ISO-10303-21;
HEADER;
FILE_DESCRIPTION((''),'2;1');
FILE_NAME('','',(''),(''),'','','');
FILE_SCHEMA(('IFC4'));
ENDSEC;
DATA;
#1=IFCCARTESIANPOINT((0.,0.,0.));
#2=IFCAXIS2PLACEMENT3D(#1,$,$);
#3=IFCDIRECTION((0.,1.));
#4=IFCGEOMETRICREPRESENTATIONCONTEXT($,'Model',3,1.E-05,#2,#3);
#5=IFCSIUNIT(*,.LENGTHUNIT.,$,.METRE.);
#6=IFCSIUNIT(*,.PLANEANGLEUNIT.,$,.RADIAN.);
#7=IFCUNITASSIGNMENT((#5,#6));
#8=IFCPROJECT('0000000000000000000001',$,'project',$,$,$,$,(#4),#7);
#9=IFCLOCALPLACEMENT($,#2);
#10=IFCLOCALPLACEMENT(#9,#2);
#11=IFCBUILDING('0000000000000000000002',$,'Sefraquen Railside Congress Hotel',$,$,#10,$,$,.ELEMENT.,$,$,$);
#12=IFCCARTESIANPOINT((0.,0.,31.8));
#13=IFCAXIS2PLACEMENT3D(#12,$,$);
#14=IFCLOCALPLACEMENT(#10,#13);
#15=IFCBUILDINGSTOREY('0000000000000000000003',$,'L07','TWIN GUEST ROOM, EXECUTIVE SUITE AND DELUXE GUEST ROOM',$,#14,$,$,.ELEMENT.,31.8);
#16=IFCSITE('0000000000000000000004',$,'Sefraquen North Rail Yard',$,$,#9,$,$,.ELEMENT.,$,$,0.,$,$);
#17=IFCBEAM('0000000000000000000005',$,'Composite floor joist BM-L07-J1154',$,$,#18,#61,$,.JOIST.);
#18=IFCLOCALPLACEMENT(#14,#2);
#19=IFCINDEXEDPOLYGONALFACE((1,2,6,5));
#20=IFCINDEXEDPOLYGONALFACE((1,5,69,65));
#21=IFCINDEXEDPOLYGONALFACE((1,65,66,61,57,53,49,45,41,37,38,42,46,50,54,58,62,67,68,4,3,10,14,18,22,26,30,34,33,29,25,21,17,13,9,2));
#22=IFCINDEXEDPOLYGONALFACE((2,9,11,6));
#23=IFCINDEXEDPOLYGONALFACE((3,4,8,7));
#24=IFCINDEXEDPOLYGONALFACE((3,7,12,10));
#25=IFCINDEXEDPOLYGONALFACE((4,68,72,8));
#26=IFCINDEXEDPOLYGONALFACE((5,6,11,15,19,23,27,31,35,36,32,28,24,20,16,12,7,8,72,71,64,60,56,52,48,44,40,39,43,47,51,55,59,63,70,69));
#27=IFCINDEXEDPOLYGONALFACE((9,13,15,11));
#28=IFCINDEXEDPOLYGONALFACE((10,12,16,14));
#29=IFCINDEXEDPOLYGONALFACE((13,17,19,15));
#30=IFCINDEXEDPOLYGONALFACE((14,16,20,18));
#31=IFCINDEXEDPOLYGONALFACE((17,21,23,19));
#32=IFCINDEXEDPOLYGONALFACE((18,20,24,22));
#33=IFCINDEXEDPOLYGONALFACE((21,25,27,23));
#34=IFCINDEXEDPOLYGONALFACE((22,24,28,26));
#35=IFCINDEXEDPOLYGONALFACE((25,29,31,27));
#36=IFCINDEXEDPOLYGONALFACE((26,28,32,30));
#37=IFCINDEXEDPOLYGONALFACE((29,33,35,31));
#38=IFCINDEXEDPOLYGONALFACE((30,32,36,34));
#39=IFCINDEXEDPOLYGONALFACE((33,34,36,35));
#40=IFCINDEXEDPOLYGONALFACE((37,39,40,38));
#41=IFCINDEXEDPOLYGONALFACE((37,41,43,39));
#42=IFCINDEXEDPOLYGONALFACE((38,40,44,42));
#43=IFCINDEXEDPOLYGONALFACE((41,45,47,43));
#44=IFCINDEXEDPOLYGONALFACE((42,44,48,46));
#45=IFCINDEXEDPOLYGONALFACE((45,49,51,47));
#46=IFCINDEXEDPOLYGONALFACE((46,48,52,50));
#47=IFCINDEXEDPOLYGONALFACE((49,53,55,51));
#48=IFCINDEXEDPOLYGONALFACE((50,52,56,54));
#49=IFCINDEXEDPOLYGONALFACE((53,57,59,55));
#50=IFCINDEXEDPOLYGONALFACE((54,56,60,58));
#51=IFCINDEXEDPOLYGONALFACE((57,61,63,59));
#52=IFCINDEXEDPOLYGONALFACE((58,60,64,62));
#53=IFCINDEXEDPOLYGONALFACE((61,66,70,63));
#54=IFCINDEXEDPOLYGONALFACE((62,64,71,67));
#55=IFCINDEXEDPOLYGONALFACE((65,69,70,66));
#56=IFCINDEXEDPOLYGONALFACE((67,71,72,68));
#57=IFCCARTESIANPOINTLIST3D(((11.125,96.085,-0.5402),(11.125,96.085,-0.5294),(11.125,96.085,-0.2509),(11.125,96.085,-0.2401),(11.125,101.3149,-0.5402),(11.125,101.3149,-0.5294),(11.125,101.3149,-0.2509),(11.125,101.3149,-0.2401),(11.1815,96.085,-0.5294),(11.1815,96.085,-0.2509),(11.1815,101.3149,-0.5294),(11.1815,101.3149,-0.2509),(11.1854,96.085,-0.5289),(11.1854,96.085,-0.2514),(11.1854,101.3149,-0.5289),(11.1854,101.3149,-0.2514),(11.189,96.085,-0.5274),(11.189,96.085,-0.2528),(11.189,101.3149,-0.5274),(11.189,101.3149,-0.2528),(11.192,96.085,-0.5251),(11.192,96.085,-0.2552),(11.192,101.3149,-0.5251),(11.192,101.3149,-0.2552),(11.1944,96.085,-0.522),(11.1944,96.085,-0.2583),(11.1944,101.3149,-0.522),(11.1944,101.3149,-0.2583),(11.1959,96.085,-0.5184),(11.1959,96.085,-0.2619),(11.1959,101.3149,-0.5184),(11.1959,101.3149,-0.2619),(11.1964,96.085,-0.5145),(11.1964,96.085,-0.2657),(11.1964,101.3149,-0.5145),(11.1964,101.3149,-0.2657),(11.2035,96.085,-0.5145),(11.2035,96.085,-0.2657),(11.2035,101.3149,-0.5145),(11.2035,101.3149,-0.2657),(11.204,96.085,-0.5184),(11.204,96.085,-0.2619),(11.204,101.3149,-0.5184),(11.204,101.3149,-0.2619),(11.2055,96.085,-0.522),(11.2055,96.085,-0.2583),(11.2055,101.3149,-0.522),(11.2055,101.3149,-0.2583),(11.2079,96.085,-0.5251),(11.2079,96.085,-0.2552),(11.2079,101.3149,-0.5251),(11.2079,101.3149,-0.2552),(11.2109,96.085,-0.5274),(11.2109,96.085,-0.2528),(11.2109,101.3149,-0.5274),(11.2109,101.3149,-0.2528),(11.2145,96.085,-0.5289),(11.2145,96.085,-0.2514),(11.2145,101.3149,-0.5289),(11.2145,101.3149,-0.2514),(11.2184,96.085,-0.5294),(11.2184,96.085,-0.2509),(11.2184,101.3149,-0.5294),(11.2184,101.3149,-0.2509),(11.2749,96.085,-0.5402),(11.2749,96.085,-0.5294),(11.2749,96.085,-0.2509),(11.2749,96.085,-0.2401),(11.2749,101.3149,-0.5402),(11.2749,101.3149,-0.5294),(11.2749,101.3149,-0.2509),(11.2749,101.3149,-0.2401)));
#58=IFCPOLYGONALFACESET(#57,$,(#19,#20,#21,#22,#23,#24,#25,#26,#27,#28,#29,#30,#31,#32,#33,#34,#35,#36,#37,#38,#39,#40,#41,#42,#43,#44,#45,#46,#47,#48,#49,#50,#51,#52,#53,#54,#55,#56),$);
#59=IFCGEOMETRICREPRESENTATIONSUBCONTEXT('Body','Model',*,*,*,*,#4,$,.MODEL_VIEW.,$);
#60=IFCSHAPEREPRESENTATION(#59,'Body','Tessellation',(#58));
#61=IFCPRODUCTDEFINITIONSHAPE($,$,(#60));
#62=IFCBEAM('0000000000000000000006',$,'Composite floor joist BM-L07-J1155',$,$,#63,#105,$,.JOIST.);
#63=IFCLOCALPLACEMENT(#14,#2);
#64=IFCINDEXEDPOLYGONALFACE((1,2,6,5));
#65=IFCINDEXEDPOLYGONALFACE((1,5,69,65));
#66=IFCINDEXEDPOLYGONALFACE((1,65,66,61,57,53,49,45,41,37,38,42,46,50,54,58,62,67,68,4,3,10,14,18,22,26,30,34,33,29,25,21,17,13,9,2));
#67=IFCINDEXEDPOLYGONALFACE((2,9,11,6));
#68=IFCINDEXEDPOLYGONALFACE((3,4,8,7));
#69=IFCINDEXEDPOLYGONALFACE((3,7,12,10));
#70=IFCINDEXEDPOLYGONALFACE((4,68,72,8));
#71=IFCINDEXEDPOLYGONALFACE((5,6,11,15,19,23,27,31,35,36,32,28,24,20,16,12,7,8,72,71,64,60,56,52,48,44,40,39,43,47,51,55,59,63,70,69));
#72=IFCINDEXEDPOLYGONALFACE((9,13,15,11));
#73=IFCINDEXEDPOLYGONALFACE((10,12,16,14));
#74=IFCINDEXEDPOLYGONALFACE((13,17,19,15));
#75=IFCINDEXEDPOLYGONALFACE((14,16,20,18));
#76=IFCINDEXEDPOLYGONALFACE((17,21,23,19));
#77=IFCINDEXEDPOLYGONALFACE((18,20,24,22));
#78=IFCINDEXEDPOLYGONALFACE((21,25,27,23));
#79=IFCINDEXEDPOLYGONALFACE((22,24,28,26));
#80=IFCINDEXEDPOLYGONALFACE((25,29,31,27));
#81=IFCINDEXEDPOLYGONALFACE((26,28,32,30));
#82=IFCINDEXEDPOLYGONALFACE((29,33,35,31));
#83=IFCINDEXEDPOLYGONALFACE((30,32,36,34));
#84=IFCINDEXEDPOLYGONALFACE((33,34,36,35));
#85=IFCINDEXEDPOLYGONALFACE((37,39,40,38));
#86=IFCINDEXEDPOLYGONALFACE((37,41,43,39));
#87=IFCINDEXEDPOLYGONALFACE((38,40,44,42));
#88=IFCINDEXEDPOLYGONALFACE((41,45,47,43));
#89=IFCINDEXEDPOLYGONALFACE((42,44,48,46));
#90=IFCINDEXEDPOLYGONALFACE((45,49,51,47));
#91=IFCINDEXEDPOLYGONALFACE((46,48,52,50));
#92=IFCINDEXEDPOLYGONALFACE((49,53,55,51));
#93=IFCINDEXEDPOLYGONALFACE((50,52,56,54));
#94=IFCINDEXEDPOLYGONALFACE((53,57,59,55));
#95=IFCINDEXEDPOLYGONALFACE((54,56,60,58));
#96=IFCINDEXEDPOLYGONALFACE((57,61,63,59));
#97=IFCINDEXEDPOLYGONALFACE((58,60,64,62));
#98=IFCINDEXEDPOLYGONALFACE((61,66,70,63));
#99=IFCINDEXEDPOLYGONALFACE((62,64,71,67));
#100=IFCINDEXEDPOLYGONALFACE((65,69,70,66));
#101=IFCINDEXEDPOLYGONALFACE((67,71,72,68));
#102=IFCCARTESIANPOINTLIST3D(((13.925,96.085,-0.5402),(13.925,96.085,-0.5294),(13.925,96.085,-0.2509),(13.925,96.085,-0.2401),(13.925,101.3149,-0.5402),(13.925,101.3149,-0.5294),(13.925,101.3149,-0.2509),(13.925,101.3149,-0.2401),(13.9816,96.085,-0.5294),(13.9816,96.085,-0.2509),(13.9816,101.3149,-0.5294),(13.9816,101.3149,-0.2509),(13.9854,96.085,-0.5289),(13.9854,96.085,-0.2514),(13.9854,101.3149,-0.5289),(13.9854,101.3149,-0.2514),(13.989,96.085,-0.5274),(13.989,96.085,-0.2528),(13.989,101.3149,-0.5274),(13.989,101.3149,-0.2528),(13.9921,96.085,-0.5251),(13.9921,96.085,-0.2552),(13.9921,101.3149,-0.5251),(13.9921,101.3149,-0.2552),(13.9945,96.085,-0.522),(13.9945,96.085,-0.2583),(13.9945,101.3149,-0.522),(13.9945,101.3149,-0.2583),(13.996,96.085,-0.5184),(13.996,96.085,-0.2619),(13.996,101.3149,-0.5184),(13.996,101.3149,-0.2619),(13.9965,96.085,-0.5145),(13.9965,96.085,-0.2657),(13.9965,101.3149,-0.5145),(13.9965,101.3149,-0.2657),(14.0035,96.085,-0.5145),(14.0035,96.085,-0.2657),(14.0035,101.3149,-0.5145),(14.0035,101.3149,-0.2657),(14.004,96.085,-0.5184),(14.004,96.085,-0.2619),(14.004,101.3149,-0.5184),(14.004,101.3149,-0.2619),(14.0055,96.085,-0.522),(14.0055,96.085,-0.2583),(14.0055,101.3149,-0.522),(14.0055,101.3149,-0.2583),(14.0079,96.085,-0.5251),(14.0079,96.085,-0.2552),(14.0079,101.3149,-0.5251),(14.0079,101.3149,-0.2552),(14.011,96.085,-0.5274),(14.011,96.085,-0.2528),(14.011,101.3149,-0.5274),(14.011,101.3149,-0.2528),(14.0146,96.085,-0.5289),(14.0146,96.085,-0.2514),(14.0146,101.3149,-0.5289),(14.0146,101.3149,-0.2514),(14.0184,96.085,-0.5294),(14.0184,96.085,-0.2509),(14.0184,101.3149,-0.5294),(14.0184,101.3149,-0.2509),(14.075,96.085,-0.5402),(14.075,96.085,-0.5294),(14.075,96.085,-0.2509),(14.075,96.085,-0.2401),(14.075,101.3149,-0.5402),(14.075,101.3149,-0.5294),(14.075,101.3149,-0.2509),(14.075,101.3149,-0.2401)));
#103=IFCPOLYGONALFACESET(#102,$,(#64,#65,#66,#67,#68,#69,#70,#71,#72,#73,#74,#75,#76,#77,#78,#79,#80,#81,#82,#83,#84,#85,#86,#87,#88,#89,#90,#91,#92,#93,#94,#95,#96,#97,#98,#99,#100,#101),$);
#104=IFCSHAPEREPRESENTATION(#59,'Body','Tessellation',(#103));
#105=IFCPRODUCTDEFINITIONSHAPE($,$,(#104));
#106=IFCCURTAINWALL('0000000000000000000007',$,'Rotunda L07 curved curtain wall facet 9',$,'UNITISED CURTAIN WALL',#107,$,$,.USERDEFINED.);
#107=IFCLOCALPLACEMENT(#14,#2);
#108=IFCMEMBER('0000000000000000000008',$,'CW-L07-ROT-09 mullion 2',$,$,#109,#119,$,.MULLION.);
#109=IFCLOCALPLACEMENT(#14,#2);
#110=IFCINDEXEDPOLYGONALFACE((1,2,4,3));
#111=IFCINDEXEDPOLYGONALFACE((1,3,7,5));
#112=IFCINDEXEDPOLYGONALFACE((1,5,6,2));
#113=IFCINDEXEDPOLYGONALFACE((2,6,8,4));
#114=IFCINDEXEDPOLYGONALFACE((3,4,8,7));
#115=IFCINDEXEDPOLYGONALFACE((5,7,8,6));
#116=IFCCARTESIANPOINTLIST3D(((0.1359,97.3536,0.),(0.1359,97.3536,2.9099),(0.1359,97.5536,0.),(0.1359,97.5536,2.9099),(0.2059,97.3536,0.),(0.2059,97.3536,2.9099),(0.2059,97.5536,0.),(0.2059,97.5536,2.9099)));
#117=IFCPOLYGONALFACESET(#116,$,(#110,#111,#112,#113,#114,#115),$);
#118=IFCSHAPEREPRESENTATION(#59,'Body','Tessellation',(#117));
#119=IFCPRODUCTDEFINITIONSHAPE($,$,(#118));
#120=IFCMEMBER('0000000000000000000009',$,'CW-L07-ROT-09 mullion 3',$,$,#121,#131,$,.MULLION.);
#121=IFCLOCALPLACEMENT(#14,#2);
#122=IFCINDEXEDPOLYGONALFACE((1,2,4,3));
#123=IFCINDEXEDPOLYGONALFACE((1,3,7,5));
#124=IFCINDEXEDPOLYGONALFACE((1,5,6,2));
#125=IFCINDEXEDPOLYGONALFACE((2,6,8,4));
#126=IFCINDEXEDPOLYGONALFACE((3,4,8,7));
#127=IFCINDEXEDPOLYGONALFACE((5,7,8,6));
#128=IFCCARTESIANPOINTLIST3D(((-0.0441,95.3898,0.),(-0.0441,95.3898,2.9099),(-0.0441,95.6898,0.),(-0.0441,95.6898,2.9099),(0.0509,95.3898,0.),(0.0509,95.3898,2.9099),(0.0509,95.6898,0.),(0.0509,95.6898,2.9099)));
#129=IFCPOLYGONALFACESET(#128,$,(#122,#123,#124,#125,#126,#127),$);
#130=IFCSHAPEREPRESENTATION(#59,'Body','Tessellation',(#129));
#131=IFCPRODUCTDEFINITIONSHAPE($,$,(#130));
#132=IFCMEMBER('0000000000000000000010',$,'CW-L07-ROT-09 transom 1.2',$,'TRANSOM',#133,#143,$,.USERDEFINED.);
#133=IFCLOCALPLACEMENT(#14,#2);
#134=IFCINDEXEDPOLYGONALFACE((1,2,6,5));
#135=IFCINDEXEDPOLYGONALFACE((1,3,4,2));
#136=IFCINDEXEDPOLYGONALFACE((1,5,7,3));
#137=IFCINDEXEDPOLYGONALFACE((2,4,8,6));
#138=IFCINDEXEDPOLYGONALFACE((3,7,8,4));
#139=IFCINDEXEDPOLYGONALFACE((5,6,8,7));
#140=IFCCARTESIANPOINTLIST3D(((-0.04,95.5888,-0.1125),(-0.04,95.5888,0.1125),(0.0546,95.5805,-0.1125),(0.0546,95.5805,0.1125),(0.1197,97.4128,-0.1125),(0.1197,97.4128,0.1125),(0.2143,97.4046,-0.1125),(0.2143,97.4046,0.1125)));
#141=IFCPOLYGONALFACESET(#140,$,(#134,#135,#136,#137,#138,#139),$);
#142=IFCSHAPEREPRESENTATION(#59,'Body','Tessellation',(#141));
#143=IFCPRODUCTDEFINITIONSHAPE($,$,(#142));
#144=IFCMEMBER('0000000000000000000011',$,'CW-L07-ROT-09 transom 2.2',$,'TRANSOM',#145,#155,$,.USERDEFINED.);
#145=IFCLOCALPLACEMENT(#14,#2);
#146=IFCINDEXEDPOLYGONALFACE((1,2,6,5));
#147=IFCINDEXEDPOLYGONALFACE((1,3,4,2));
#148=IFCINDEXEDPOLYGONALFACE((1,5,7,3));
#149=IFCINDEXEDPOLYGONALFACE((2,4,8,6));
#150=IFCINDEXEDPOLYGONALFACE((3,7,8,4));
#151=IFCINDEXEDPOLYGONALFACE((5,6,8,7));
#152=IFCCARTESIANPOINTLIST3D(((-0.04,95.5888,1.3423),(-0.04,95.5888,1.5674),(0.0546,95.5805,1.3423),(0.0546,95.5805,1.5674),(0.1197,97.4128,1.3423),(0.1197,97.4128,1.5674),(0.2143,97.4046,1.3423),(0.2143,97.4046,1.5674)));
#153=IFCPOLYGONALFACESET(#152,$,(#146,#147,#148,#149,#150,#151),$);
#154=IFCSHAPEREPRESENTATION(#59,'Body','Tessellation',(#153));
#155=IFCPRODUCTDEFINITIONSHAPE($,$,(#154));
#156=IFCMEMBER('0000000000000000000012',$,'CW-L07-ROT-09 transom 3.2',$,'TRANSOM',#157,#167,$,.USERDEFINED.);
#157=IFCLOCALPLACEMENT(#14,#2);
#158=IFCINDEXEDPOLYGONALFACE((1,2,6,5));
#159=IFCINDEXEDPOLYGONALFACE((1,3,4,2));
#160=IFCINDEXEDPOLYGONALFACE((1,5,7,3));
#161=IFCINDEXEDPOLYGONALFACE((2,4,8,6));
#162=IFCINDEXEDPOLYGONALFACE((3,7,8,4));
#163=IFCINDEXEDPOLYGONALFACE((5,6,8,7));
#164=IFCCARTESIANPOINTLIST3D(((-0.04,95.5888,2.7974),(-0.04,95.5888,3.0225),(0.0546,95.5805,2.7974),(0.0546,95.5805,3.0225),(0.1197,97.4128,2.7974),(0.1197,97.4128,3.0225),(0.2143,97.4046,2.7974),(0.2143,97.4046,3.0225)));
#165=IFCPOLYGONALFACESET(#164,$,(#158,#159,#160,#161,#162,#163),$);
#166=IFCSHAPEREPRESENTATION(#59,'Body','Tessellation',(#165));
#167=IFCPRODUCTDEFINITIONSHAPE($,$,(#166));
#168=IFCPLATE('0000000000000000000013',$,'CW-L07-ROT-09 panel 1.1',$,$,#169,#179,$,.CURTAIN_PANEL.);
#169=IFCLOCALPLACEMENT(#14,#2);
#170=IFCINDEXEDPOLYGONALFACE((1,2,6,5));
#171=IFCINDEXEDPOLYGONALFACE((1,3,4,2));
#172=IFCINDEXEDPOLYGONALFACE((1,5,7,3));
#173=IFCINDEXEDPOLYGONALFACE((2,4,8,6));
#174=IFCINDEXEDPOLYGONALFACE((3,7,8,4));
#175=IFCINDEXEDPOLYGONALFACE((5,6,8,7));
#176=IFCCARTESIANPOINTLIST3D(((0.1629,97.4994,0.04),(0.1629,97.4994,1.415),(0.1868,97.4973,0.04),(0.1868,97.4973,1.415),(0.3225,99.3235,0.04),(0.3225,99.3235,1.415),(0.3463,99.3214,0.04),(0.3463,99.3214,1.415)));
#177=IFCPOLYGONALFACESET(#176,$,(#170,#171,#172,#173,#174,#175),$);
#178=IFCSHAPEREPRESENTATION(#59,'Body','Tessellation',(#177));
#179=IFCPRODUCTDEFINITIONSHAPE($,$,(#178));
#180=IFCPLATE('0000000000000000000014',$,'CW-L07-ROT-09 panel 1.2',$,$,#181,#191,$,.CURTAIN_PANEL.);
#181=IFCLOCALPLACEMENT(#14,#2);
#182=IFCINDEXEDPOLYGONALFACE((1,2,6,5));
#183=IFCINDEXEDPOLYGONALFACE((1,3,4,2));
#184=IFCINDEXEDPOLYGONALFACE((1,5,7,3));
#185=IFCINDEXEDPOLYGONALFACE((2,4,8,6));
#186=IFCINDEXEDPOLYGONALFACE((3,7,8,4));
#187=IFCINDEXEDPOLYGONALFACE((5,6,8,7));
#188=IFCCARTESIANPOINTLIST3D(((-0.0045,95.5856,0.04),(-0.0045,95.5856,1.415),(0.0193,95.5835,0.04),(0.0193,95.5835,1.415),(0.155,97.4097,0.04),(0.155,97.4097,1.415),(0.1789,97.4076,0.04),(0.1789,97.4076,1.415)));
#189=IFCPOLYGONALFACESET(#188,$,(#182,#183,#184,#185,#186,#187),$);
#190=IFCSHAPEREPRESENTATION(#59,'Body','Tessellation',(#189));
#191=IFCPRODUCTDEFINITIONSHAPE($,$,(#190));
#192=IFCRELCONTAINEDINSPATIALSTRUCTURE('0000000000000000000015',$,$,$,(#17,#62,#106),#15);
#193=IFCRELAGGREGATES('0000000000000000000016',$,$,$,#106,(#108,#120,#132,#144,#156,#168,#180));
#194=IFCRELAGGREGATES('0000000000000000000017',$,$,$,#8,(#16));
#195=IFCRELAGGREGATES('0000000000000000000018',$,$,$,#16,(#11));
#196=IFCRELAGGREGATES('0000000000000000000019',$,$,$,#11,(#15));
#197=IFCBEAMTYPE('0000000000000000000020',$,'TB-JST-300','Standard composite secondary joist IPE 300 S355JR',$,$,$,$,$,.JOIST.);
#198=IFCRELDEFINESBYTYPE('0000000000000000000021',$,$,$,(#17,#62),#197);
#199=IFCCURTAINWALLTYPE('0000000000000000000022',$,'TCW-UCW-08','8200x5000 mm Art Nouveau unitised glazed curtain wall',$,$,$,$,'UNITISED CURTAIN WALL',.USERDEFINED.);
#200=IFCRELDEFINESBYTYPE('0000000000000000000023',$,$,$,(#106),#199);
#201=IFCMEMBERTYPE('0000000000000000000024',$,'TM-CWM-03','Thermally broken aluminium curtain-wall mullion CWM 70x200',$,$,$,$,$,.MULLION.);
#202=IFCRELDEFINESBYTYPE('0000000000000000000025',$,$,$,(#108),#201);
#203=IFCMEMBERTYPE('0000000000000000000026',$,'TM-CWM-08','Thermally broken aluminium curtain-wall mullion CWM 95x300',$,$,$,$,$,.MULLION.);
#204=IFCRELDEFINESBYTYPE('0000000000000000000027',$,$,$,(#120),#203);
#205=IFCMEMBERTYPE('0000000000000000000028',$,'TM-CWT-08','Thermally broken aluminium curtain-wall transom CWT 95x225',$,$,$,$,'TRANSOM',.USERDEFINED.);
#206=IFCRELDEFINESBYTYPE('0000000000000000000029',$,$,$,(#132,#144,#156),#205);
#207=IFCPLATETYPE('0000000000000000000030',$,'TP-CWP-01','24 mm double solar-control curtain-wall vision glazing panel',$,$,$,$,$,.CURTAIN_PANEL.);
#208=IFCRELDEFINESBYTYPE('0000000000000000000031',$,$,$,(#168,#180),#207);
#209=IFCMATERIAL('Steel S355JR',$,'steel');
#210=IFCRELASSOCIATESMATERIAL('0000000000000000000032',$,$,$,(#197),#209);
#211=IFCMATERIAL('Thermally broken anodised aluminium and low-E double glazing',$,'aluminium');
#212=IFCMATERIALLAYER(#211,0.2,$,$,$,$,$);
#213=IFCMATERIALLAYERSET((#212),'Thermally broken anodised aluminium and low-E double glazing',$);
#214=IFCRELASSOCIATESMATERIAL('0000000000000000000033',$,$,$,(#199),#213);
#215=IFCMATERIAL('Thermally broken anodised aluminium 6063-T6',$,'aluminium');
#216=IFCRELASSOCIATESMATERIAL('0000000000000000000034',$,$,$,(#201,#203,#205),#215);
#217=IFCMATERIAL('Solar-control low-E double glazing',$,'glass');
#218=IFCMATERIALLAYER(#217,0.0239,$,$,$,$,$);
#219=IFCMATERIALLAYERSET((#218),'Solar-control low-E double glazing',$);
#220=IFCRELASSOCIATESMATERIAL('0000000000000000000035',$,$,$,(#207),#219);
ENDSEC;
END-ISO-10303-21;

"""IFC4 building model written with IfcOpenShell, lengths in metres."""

from ifc_helpers import new_model, si_unit, direction, frame, origin, origin_2d, place, context, subcontext, project, spatial, rectangle, i_section, extrude, material, layer, layer_set, material_profile, profile_set, type_object, element, aggregate, save


model = new_model("IFC4")

# Units and contexts
model_context = context("Model", 3, precision=1e-05, world=origin(), true_north=direction((0.0, 1.0)))
body_context = subcontext(model_context, "Body", "Model", "MODEL_VIEW")
ifc_project = project(units=[si_unit("LENGTHUNIT", "METRE"), si_unit("PLANEANGLEUNIT", "RADIAN")], contexts=[model_context])

# Site, building, storey
site_placement = place(None, origin())
site = spatial("IfcSite", under=ifc_project, at=site_placement, Name="Sefraquen North Rail Yard", CompositionType="ELEMENT", RefElevation=0.0)
building_placement = place(site_placement, origin())
building = spatial("IfcBuilding", under=site, at=building_placement, Name="Sefraquen Railside Congress Hotel", CompositionType="ELEMENT")
storey_placement = place(building_placement, frame((0.0, 0.0, 31.8)))
storey = spatial("IfcBuildingStorey", under=building, at=storey_placement, Name="L07", Description="TWIN GUEST ROOM, EXECUTIVE SUITE AND DELUXE GUEST ROOM", CompositionType="ELEMENT", Elevation=31.8)

# Shared definitions
ifc_material_1 = material(Name="Steel S355JR", Category="steel")

# Beams
ifc_material_profile_1 = material_profile(ifc_material_1, i_section(OverallWidth=0.1499, OverallDepth=0.3, WebThickness=0.0071, FlangeThickness=0.0107, FilletRadius=0.0149, at=origin_2d()), Name="IPE 300")
ifc_profile_set_1 = profile_set([ifc_material_profile_1], Name="Steel S355JR")
beam_type_1 = type_object("IfcBeamType", Name="TB-JST-300", Description="Standard composite secondary joist IPE 300 S355JR", PredefinedType="JOIST", material=ifc_profile_set_1)
for number, where, z_axis, x_axis, name in (
    (1, (11.2, 96.085, -0.3901), (0.0, 1.0, 0.0), (-1.0, 0.0, 0.0), "Composite floor joist BM-L07-J1154"),
    (2, (14.0, 96.085, -0.3901), (0.0, 1.0, 0.0), (-1.0, 0.0, 0.0), "Composite floor joist BM-L07-J1155"),
):
    element("IfcBeam", number, at=place(storey_placement, frame(where, z_axis=z_axis, x_axis=x_axis)), inside=storey, type_object=beam_type_1, Name=name, PredefinedType="JOIST", context=body_context, shape_type="SweptSolid", body=[
        extrude(i_section(OverallWidth=0.1499, OverallDepth=0.3, WebThickness=0.0071, FlangeThickness=0.0107, FilletRadius=0.0149, at=origin_2d()), origin(), (0.0, 0.0, 1.0), 5.23),
    ])

# Curtain wall, members, plates
ifc_material_2 = material(Name="Thermally broken anodised aluminium and low-E double glazing", Category="aluminium")
ifc_layer_1 = layer(ifc_material_2, 0.2)
ifc_layer_set_1 = layer_set([ifc_layer_1], Name="Thermally broken anodised aluminium and low-E double glazing")
curtain_wall_type = type_object("IfcCurtainWallType", Name="TCW-UCW-08", Description="8200x5000 mm Art Nouveau unitised glazed curtain wall", ElementType="UNITISED CURTAIN WALL", PredefinedType="USERDEFINED", material=ifc_layer_set_1)
curtain_wall_placement = place(storey_placement, origin())
curtain_wall = element("IfcCurtainWall", 3, at=curtain_wall_placement, inside=storey, type_object=curtain_wall_type, Name="Rotunda L07 curved curtain wall facet 9", ObjectType="UNITISED CURTAIN WALL", PredefinedType="USERDEFINED")
ifc_material_3 = material(Name="Thermally broken anodised aluminium 6063-T6", Category="aluminium")
ifc_material_profile_2 = material_profile(ifc_material_3, rectangle(XDim=0.0701, YDim=0.2, at=origin_2d()), Name="CWM 70x200")
ifc_profile_set_2 = profile_set([ifc_material_profile_2], Name="Thermally broken anodised aluminium 6063-T6")
member_type_1 = type_object("IfcMemberType", Name="TM-CWM-03", Description="Thermally broken aluminium curtain-wall mullion CWM 70x200", PredefinedType="MULLION", material=ifc_profile_set_2)
member_1_placement = place(storey_placement, frame((0.1709, 97.4536, 0.0), z_axis=(0.0, 0.0, 1.0), x_axis=(1.0, 0.0, 0.0)))
member_1 = element("IfcMember", 4, at=member_1_placement, type_object=member_type_1, Name="CW-L07-ROT-09 mullion 2", PredefinedType="MULLION", context=body_context, shape_type="SweptSolid", body=[
    extrude(rectangle(XDim=0.0701, YDim=0.2, at=origin_2d()), origin(), (0.0, 0.0, 1.0), 2.9099),
])
ifc_material_profile_3 = material_profile(ifc_material_3, rectangle(XDim=0.095, YDim=0.3, at=origin_2d()), Name="CWM 95x300")
ifc_profile_set_3 = profile_set([ifc_material_profile_3], Name="Thermally broken anodised aluminium 6063-T6")
member_type_2 = type_object("IfcMemberType", Name="TM-CWM-08", Description="Thermally broken aluminium curtain-wall mullion CWM 95x300", PredefinedType="MULLION", material=ifc_profile_set_3)
member_2_placement = place(storey_placement, frame((0.0034, 95.5398, 0.0), z_axis=(0.0, 0.0, 1.0), x_axis=(1.0, 0.0, 0.0)))
member_2 = element("IfcMember", 5, at=member_2_placement, type_object=member_type_2, Name="CW-L07-ROT-09 mullion 3", PredefinedType="MULLION", context=body_context, shape_type="SweptSolid", body=[
    extrude(rectangle(XDim=0.095, YDim=0.3, at=origin_2d()), origin(), (0.0, 0.0, 1.0), 2.9099),
])
ifc_material_profile_4 = material_profile(ifc_material_3, rectangle(XDim=0.095, YDim=0.2251, at=origin_2d()), Name="CWT 95x225")
ifc_profile_set_4 = profile_set([ifc_material_profile_4], Name="Thermally broken anodised aluminium 6063-T6")
member_type_3 = type_object("IfcMemberType", Name="TM-CWT-08", Description="Thermally broken aluminium curtain-wall transom CWT 95x225", ElementType="TRANSOM", PredefinedType="USERDEFINED", material=ifc_profile_set_4)
member_3_placement = place(storey_placement, frame((0.167, 97.4087, 0.0), z_axis=(-0.087205, -0.99619, 0.0), x_axis=(0.99619, -0.087205, 0.0)))
member_3 = element("IfcMember", 6, at=member_3_placement, type_object=member_type_3, Name="CW-L07-ROT-09 transom 1.2", ObjectType="TRANSOM", PredefinedType="USERDEFINED", context=body_context, shape_type="SweptSolid", body=[
    extrude(rectangle(XDim=0.095, YDim=0.2251, at=origin_2d()), origin(), (0.0, 0.0, 1.0), 1.8311),
])
member_4_placement = place(storey_placement, frame((0.167, 97.4087, 1.4548), z_axis=(-0.087205, -0.99619, 0.0), x_axis=(0.99619, -0.087205, 0.0)))
member_4 = element("IfcMember", 7, at=member_4_placement, type_object=member_type_3, Name="CW-L07-ROT-09 transom 2.2", ObjectType="TRANSOM", PredefinedType="USERDEFINED", context=body_context, shape_type="SweptSolid", body=[
    extrude(rectangle(XDim=0.095, YDim=0.2251, at=origin_2d()), origin(), (0.0, 0.0, 1.0), 1.8311),
])
member_5_placement = place(storey_placement, frame((0.167, 97.4087, 2.9099), z_axis=(-0.087205, -0.99619, 0.0), x_axis=(0.99619, -0.087205, 0.0)))
member_5 = element("IfcMember", 8, at=member_5_placement, type_object=member_type_3, Name="CW-L07-ROT-09 transom 3.2", ObjectType="TRANSOM", PredefinedType="USERDEFINED", context=body_context, shape_type="SweptSolid", body=[
    extrude(rectangle(XDim=0.095, YDim=0.2251, at=origin_2d()), origin(), (0.0, 0.0, 1.0), 1.8311),
])
ifc_material_4 = material(Name="Solar-control low-E double glazing", Category="glass")
ifc_layer_2 = layer(ifc_material_4, 0.0239)
ifc_layer_set_2 = layer_set([ifc_layer_2], Name="Solar-control low-E double glazing")
plate_type_1 = type_object("IfcPlateType", Name="TP-CWP-01", Description="24 mm double solar-control curtain-wall vision glazing panel", PredefinedType="CURTAIN_PANEL", material=ifc_layer_set_2)
plate_1_placement = place(storey_placement, frame((0.2546, 98.4104, 0.04), z_axis=(0.0, 0.0, 1.0), x_axis=(-0.087138, -0.996196, 0.0)))
plate_1 = element("IfcPlate", 9, at=plate_1_placement, type_object=plate_type_1, Name="CW-L07-ROT-09 panel 1.1", PredefinedType="CURTAIN_PANEL", context=body_context, shape_type="SweptSolid", body=[
    extrude(rectangle(XDim=1.8311, YDim=0.0239, at=origin_2d()), origin(), (0.0, 0.0, 1.0), 1.375),
])
plate_2_placement = place(storey_placement, frame((0.0872, 96.4966, 0.04), z_axis=(0.0, 0.0, 1.0), x_axis=(-0.087138, -0.996196, 0.0)))
plate_2 = element("IfcPlate", 10, at=plate_2_placement, type_object=plate_type_1, Name="CW-L07-ROT-09 panel 1.2", PredefinedType="CURTAIN_PANEL", context=body_context, shape_type="SweptSolid", body=[
    extrude(rectangle(XDim=1.8311, YDim=0.0239, at=origin_2d()), origin(), (0.0, 0.0, 1.0), 1.375),
])
aggregate(curtain_wall, [member_1, member_2, member_3, member_4, member_5, plate_1, plate_2])

save(model, "model.ifc")
